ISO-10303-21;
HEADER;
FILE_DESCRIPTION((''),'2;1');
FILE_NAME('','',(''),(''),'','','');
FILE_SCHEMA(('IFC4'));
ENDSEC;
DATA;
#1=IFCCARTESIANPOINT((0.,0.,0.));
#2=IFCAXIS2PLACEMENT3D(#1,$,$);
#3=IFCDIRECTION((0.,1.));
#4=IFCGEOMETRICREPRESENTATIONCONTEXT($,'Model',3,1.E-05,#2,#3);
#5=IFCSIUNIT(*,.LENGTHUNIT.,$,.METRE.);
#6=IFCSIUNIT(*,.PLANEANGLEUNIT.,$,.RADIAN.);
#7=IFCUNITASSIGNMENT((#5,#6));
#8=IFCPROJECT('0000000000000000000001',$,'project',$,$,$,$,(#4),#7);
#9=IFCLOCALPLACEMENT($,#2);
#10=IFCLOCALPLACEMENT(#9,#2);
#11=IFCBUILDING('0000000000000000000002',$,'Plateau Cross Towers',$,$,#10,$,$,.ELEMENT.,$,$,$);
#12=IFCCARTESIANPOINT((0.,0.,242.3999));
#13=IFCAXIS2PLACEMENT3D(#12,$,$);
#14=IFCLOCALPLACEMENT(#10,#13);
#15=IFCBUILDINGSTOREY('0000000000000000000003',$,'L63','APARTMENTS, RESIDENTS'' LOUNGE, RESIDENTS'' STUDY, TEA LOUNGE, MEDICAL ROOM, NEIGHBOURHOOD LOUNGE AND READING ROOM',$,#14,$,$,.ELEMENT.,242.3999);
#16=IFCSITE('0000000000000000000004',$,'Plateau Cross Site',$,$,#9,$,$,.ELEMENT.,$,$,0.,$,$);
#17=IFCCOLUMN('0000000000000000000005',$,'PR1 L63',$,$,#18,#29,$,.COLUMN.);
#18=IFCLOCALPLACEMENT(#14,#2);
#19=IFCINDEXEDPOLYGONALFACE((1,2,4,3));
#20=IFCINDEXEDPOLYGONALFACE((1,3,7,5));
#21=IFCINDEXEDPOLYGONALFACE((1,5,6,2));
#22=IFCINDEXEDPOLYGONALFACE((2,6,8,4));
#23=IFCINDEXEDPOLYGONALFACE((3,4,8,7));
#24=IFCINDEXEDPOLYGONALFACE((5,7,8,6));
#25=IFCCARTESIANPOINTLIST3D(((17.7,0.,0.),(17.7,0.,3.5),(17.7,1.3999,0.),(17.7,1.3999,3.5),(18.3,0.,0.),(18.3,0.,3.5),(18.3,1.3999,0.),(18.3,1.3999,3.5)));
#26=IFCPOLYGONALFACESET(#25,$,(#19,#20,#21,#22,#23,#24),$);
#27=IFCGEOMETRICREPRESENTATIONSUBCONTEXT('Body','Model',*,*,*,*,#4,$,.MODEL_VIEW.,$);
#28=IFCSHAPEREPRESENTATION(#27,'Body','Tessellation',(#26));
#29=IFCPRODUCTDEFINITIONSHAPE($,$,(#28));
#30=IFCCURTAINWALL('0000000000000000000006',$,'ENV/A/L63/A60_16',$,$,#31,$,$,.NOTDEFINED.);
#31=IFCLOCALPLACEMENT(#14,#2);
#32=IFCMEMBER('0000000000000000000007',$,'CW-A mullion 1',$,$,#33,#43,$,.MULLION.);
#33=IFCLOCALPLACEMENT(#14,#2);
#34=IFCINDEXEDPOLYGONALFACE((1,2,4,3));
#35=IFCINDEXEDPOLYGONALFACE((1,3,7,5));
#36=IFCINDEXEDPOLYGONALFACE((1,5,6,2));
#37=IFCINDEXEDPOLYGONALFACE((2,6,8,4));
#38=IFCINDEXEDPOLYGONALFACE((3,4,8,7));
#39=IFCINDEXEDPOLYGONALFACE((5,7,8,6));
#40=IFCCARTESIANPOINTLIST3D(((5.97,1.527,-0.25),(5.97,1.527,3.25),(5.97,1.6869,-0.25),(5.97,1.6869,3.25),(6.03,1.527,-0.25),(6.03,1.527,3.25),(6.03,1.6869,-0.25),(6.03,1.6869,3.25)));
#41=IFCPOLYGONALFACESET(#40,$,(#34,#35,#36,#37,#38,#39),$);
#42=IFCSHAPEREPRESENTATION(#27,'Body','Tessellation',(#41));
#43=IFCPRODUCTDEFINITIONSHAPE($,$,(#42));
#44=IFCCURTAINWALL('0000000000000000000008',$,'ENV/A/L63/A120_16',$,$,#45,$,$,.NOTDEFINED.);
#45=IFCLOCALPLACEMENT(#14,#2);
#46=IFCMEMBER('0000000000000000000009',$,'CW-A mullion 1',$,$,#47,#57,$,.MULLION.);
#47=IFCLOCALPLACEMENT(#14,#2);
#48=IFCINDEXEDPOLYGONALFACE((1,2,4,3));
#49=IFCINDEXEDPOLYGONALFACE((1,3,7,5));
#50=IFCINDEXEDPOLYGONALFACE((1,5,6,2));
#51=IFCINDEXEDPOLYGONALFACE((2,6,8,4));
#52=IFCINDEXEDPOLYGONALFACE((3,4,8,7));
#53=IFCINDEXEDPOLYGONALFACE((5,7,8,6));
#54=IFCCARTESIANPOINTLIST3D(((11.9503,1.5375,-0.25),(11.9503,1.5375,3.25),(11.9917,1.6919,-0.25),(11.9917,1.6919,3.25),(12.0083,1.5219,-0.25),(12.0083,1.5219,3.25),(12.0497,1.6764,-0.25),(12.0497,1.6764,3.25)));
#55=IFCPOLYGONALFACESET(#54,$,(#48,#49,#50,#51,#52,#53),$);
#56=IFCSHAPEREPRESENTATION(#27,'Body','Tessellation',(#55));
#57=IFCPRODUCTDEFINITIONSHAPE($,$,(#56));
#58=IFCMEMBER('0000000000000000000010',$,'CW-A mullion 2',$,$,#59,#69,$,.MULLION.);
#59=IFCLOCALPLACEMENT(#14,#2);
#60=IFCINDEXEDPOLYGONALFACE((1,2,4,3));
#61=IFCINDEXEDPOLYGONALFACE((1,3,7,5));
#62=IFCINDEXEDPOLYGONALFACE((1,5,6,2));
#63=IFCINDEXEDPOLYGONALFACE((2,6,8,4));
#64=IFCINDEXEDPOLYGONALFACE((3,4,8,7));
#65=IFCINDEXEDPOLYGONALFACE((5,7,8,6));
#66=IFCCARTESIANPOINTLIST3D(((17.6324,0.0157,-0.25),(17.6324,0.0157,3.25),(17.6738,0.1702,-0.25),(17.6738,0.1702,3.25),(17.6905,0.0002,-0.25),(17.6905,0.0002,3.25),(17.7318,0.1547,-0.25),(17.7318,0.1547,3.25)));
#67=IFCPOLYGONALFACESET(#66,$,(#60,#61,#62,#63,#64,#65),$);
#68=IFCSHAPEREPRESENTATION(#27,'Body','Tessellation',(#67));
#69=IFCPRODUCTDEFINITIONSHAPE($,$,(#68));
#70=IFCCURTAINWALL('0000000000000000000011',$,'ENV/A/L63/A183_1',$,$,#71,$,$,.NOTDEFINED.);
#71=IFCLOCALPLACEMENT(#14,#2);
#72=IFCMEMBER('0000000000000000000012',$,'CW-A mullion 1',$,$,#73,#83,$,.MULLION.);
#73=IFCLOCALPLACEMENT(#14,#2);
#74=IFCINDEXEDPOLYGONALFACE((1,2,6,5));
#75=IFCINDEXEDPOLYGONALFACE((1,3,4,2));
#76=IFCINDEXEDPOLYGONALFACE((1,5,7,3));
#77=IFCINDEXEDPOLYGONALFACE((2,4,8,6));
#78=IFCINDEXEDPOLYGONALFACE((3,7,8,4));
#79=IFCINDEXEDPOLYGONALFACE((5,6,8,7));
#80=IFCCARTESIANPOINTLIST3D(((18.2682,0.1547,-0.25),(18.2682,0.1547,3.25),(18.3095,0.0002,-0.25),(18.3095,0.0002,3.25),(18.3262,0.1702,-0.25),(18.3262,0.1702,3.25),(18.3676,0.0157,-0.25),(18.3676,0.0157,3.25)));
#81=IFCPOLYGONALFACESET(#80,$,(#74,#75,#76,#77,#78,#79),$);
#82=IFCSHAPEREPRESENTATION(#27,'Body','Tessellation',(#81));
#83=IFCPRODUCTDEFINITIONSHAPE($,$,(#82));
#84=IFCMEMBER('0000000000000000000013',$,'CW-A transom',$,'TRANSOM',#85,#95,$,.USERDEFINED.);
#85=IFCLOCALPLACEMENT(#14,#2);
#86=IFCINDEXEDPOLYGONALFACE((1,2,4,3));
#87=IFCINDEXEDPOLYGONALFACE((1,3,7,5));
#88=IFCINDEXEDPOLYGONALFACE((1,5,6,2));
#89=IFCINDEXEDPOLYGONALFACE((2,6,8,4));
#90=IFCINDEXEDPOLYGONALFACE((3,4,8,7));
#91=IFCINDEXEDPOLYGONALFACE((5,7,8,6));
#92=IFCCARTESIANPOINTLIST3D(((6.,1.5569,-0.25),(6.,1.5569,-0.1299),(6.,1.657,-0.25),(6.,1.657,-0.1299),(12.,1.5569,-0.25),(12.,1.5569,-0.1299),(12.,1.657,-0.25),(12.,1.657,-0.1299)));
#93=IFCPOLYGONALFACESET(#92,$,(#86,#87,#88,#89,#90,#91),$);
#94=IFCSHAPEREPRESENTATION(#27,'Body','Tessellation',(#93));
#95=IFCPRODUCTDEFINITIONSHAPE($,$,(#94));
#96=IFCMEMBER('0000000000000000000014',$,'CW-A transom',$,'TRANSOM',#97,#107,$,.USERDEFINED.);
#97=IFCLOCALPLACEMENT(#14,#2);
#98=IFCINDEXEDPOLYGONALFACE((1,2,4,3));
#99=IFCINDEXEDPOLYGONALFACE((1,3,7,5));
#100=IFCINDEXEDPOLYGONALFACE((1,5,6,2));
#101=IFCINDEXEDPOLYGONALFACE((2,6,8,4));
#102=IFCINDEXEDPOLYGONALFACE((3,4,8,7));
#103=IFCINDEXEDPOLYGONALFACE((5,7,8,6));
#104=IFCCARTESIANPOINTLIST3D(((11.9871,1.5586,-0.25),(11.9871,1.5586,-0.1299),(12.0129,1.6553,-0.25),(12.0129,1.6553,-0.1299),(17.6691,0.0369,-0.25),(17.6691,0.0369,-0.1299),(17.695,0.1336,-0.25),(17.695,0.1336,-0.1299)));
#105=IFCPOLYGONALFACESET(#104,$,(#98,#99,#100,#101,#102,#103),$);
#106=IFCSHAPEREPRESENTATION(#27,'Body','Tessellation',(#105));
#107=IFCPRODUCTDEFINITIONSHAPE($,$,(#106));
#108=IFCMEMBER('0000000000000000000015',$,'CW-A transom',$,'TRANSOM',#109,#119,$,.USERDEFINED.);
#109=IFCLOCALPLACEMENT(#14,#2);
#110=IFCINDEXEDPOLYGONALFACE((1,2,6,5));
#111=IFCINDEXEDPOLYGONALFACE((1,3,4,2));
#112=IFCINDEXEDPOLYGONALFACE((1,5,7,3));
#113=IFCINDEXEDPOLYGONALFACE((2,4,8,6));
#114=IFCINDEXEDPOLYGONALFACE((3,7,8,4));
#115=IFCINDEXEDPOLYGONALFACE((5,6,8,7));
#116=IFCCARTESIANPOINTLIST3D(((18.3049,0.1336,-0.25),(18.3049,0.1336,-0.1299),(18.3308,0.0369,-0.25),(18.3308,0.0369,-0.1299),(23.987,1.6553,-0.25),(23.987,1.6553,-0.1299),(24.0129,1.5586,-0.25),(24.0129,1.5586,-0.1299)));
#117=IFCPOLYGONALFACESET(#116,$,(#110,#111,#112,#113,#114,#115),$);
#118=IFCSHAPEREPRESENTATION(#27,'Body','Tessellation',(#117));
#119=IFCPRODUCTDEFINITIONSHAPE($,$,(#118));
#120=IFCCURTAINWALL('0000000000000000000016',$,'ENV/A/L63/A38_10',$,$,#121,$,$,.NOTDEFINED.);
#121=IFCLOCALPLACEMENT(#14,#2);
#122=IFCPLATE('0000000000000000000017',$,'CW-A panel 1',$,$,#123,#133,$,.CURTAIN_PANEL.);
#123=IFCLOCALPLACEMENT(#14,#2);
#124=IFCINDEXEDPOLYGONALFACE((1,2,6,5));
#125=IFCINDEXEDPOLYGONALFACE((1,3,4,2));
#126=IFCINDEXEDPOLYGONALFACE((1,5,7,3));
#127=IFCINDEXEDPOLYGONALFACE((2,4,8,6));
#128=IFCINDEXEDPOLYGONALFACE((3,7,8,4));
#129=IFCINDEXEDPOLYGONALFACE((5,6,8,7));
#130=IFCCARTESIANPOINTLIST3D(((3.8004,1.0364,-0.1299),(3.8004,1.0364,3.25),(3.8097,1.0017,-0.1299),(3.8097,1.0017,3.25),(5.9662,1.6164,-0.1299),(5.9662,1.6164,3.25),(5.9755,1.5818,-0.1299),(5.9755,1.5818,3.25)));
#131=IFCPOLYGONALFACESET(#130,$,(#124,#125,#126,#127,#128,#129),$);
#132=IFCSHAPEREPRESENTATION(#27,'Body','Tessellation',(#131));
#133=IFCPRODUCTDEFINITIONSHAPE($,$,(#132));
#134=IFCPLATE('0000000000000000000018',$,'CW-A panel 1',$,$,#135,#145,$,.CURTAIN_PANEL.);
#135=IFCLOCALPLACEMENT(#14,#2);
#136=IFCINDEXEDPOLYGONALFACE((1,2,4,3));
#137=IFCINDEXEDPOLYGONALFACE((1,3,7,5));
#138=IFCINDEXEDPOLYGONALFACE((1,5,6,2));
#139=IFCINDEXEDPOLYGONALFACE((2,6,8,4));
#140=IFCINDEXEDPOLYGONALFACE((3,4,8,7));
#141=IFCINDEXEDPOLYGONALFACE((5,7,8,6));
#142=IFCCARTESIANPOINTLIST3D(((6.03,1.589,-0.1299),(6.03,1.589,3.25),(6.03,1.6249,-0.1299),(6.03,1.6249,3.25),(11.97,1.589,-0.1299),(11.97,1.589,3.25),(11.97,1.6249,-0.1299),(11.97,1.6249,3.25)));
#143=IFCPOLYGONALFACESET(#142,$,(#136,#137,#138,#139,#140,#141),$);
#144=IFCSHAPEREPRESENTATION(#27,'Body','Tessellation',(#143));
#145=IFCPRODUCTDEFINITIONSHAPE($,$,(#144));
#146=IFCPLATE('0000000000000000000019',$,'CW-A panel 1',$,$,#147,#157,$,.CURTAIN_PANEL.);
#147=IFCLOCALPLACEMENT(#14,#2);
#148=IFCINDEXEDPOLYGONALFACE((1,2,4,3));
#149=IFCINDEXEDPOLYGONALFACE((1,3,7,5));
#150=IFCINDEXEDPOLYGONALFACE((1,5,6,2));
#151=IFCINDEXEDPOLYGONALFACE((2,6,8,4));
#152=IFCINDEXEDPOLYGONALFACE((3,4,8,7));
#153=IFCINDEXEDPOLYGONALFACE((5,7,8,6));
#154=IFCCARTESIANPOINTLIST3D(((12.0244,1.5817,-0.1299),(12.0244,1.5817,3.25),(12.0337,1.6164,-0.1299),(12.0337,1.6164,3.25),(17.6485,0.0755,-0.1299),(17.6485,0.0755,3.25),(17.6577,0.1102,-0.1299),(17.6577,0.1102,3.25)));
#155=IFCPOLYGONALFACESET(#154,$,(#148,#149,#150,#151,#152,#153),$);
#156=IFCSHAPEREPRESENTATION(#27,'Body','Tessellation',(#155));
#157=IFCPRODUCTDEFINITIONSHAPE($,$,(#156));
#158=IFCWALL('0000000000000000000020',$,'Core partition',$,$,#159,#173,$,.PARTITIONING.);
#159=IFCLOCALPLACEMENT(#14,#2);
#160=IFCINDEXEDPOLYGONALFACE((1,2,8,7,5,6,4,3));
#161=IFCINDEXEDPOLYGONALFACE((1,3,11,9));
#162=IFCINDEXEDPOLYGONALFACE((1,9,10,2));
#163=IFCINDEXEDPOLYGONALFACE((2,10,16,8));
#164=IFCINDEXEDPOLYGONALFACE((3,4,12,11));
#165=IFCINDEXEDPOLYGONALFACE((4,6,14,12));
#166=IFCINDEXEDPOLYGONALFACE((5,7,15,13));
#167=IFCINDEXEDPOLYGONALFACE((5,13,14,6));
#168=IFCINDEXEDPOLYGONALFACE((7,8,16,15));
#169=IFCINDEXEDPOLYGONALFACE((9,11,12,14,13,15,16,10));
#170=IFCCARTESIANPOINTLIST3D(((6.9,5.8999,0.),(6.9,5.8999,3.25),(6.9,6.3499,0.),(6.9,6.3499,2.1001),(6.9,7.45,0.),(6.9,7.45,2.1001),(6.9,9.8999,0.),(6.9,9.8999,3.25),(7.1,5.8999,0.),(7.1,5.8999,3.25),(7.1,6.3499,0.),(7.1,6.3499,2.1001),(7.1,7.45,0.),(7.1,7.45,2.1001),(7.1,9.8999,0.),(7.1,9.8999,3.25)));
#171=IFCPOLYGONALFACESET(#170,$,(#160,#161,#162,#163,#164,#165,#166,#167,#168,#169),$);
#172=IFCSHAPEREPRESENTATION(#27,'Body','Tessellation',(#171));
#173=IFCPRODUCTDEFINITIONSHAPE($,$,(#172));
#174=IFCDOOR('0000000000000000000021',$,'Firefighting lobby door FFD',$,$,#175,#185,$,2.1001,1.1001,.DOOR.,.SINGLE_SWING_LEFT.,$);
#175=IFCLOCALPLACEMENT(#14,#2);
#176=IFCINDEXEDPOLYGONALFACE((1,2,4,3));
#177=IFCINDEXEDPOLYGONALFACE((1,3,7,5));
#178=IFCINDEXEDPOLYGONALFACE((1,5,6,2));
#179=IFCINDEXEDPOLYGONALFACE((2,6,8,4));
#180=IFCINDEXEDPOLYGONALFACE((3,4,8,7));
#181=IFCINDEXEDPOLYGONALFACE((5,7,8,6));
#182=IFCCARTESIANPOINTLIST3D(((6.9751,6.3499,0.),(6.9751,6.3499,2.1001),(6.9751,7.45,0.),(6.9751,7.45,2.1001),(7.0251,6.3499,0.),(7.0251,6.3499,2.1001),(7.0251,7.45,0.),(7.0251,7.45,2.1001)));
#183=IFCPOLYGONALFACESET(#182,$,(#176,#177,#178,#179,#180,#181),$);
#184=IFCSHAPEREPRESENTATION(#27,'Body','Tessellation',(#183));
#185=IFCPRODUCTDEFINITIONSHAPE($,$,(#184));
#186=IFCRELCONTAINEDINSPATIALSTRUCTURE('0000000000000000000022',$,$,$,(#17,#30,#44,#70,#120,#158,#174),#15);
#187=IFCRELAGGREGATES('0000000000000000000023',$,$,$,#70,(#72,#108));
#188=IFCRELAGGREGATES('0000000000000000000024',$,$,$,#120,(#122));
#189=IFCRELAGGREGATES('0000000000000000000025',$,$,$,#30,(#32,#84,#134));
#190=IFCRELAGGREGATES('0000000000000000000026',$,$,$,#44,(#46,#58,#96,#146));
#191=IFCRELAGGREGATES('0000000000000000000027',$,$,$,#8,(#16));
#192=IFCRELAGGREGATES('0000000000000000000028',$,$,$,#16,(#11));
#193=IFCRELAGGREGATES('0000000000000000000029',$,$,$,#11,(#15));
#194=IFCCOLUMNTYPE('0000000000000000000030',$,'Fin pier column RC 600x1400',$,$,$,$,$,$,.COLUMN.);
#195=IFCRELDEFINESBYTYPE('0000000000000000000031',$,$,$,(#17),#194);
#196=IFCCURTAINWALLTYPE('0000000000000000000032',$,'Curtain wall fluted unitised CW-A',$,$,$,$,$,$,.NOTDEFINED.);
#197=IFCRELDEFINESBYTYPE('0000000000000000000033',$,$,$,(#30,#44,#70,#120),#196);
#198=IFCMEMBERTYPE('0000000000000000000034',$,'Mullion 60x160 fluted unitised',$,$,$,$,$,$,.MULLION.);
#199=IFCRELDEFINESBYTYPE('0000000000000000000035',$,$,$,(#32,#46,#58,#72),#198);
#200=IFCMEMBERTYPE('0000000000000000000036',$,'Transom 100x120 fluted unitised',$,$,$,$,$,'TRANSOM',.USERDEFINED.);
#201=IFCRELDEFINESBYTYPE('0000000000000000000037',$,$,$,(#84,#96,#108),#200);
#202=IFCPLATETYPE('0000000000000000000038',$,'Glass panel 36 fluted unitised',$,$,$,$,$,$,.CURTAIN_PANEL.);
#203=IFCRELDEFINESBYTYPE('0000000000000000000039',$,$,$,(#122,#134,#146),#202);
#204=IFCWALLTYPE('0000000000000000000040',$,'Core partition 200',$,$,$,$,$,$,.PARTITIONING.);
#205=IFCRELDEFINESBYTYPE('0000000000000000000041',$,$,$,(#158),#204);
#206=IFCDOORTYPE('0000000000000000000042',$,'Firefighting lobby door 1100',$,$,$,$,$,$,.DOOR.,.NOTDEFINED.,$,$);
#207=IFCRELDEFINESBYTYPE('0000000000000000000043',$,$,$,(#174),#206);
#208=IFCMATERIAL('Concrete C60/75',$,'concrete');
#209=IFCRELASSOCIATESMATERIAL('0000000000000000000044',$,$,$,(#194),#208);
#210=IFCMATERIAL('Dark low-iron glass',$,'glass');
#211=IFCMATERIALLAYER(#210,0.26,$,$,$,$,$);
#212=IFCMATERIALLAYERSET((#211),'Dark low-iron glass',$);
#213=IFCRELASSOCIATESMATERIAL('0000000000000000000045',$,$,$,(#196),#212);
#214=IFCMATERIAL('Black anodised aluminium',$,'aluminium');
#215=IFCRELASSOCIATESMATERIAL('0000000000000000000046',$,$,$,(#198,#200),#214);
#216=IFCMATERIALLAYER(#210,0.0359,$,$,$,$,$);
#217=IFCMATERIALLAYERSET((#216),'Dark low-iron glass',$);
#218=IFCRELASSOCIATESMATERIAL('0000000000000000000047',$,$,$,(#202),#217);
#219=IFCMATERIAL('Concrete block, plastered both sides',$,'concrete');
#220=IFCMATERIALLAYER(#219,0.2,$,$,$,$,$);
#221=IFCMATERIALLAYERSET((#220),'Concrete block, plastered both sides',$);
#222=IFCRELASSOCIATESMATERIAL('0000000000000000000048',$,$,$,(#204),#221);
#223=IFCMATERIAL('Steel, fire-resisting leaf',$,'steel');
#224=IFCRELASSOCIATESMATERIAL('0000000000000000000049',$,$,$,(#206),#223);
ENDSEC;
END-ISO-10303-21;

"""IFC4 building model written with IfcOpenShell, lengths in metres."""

from ifc_helpers import new_model, si_unit, direction, frame, frame_2d, origin, origin_2d, place, context, subcontext, project, spatial, rectangle, extrude, material, layer, layer_set, material_profile, profile_set, type_object, element, fill, aggregate, save


model = new_model("IFC4")

# Units and contexts
model_context = context("Model", 3, precision=1e-05, world=origin(), true_north=direction((0.0, 1.0)))
body_context = subcontext(model_context, "Body", "Model", "MODEL_VIEW")
ifc_project = project(units=[si_unit("LENGTHUNIT", "METRE"), si_unit("PLANEANGLEUNIT", "RADIAN")], contexts=[model_context])

# Site, building, storey
site_placement = place(None, origin())
site = spatial("IfcSite", under=ifc_project, at=site_placement, Name="Plateau Cross Site", CompositionType="ELEMENT", RefElevation=0.0)
building_placement = place(site_placement, origin())
building = spatial("IfcBuilding", under=site, at=building_placement, Name="Plateau Cross Towers", CompositionType="ELEMENT")
storey_placement = place(building_placement, frame((0.0, 0.0, 242.3999)))
storey = spatial("IfcBuildingStorey", under=building, at=storey_placement, Name="L63", Description="APARTMENTS, RESIDENTS' LOUNGE, RESIDENTS' STUDY, TEA LOUNGE, MEDICAL ROOM, NEIGHBOURHOOD LOUNGE AND READING ROOM", CompositionType="ELEMENT", Elevation=242.3999)

# Column
ifc_material_1 = material(Name="Concrete C60/75", Category="concrete")
ifc_material_profile_1 = material_profile(ifc_material_1, rectangle(XDim=0.6001, YDim=1.3999, at=origin_2d()), Name="RC 600x1400")
ifc_profile_set_1 = profile_set([ifc_material_profile_1], Name="Concrete C60/75")
column_type = type_object("IfcColumnType", Name="Fin pier column RC 600x1400", PredefinedType="COLUMN", material=ifc_profile_set_1)
column_placement = place(storey_placement, frame((18.0, 0.7, 0.0), z_axis=(0.0, 0.0, 1.0), x_axis=(1.0, 0.0, 0.0)))
element("IfcColumn", 1, at=column_placement, inside=storey, type_object=column_type, Name="PR1 L63", PredefinedType="COLUMN", context=body_context, shape_type="SweptSolid", body=[
    extrude(rectangle(XDim=0.6001, YDim=1.3999, at=origin_2d()), origin(), (0.0, 0.0, 1.0), 3.5),
])

# Curtain wall, member
ifc_material_2 = material(Name="Dark low-iron glass", Category="glass")
ifc_layer_1 = layer(ifc_material_2, 0.26)
ifc_layer_set_1 = layer_set([ifc_layer_1], Name="Dark low-iron glass")
curtain_wall_type = type_object("IfcCurtainWallType", Name="Curtain wall fluted unitised CW-A", PredefinedType="NOTDEFINED", material=ifc_layer_set_1)
curtain_wall_1_placement = place(storey_placement, origin())
curtain_wall_1 = element("IfcCurtainWall", 2, at=curtain_wall_1_placement, inside=storey, type_object=curtain_wall_type, Name="ENV/A/L63/A60_16", PredefinedType="NOTDEFINED")
ifc_material_3 = material(Name="Black anodised aluminium", Category="aluminium")
ifc_material_profile_2 = material_profile(ifc_material_3, rectangle(XDim=0.0601, YDim=0.1599, at=origin_2d()), Name="MULLION 60x160")
ifc_profile_set_2 = profile_set([ifc_material_profile_2], Name="Black anodised aluminium")
member_type_1 = type_object("IfcMemberType", Name="Mullion 60x160 fluted unitised", PredefinedType="MULLION", material=ifc_profile_set_2)
member_1_placement = place(storey_placement, frame((6.0, 1.6069, -0.25), z_axis=(0.0, 0.0, 1.0), x_axis=(1.0, 0.0, 0.0)))
member_1 = element("IfcMember", 3, at=member_1_placement, type_object=member_type_1, Name="CW-A mullion 1", PredefinedType="MULLION", context=body_context, shape_type="SweptSolid", body=[
    extrude(rectangle(XDim=0.0601, YDim=0.1599, at=origin_2d()), origin(), (0.0, 0.0, 1.0), 3.5),
])

# Curtain wall, members
curtain_wall_2_placement = place(storey_placement, origin())
curtain_wall_2 = element("IfcCurtainWall", 4, at=curtain_wall_2_placement, inside=storey, type_object=curtain_wall_type, Name="ENV/A/L63/A120_16", PredefinedType="NOTDEFINED")
member_2_placement = place(storey_placement, frame((12.0, 1.6069, -0.25), z_axis=(0.0, 0.0, 1.0), x_axis=(0.965958, -0.258699, 0.0)))
member_2 = element("IfcMember", 5, at=member_2_placement, type_object=member_type_1, Name="CW-A mullion 1", PredefinedType="MULLION", context=body_context, shape_type="SweptSolid", body=[
    extrude(rectangle(XDim=0.0601, YDim=0.1599, at=origin_2d()), origin(), (0.0, 0.0, 1.0), 3.5),
])
member_3_placement = place(storey_placement, frame((17.6821, 0.0852, -0.25), z_axis=(0.0, 0.0, 1.0), x_axis=(0.965958, -0.258699, 0.0)))
member_3 = element("IfcMember", 6, at=member_3_placement, type_object=member_type_1, Name="CW-A mullion 2", PredefinedType="MULLION", context=body_context, shape_type="SweptSolid", body=[
    extrude(rectangle(XDim=0.0601, YDim=0.1599, at=origin_2d()), origin(), (0.0, 0.0, 1.0), 3.5),
])

# Curtain wall, member
curtain_wall_3_placement = place(storey_placement, origin())
curtain_wall_3 = element("IfcCurtainWall", 7, at=curtain_wall_3_placement, inside=storey, type_object=curtain_wall_type, Name="ENV/A/L63/A183_1", PredefinedType="NOTDEFINED")
member_4_placement = place(storey_placement, frame((18.3179, 0.0852, -0.25), z_axis=(0.0, 0.0, 1.0), x_axis=(0.965958, 0.258699, 0.0)))
member_4 = element("IfcMember", 8, at=member_4_placement, type_object=member_type_1, Name="CW-A mullion 1", PredefinedType="MULLION", context=body_context, shape_type="SweptSolid", body=[
    extrude(rectangle(XDim=0.0601, YDim=0.1599, at=origin_2d()), origin(), (0.0, 0.0, 1.0), 3.5),
])

# Members
ifc_material_profile_3 = material_profile(ifc_material_3, rectangle(XDim=0.1001, YDim=0.1201, at=origin_2d()), Name="TRANSOM 100x120")
ifc_profile_set_3 = profile_set([ifc_material_profile_3], Name="Black anodised aluminium")
member_type_2 = type_object("IfcMemberType", Name="Transom 100x120 fluted unitised", ElementType="TRANSOM", PredefinedType="USERDEFINED", material=ifc_profile_set_3)
member_5_placement = place(storey_placement, frame((6.0, 1.6069, -0.1899), z_axis=(1.0, 0.0, 0.0), x_axis=(0.0, 1.0, 0.0)))
member_5 = element("IfcMember", 9, at=member_5_placement, type_object=member_type_2, Name="CW-A transom", ObjectType="TRANSOM", PredefinedType="USERDEFINED", context=body_context, shape_type="SweptSolid", body=[
    extrude(rectangle(XDim=0.1001, YDim=0.1201, at=origin_2d()), origin(), (0.0, 0.0, 1.0), 6.0),
])
member_6_placement = place(storey_placement, frame((12.0, 1.6069, -0.1899), z_axis=(0.96596, -0.258693, 0.0), x_axis=(0.258693, 0.96596, 0.0)))
member_6 = element("IfcMember", 10, at=member_6_placement, type_object=member_type_2, Name="CW-A transom", ObjectType="TRANSOM", PredefinedType="USERDEFINED", context=body_context, shape_type="SweptSolid", body=[
    extrude(rectangle(XDim=0.1001, YDim=0.1201, at=origin_2d()), origin(), (0.0, 0.0, 1.0), 5.8823),
])
member_7_placement = place(storey_placement, frame((18.3179, 0.0852, -0.1899), z_axis=(0.96596, 0.258693, 0.0), x_axis=(-0.258693, 0.96596, 0.0)))
member_7 = element("IfcMember", 11, at=member_7_placement, type_object=member_type_2, Name="CW-A transom", ObjectType="TRANSOM", PredefinedType="USERDEFINED", context=body_context, shape_type="SweptSolid", body=[
    extrude(rectangle(XDim=0.1001, YDim=0.1201, at=origin_2d()), origin(), (0.0, 0.0, 1.0), 5.8823),
])
aggregate(curtain_wall_3, [member_4, member_7])

# Curtain wall, plate
curtain_wall_4_placement = place(storey_placement, origin())
curtain_wall_4 = element("IfcCurtainWall", 12, at=curtain_wall_4_placement, inside=storey, type_object=curtain_wall_type, Name="ENV/A/L63/A38_10", PredefinedType="NOTDEFINED")
ifc_layer_2 = layer(ifc_material_2, 0.0359)
ifc_layer_set_2 = layer_set([ifc_layer_2], Name="Dark low-iron glass")
plate_type = type_object("IfcPlateType", Name="Glass panel 36 fluted unitised", PredefinedType="CURTAIN_PANEL", material=ifc_layer_set_2)
plate_1_placement = place(storey_placement, frame((4.8879, 1.3091, -0.1299), z_axis=(0.0, 0.0, 1.0), x_axis=(0.965958, 0.258699, 0.0)))
plate_1 = element("IfcPlate", 13, at=plate_1_placement, type_object=plate_type, Name="CW-A panel 1", PredefinedType="CURTAIN_PANEL", context=body_context, shape_type="SweptSolid", body=[
    extrude(rectangle(XDim=2.2422, YDim=0.0359, at=origin_2d()), origin(), (0.0, 0.0, 1.0), 3.3799),
])
aggregate(curtain_wall_4, [plate_1])

# Plates
plate_2_placement = place(storey_placement, frame((9.0, 1.6069, -0.1299), z_axis=(0.0, 0.0, 1.0), x_axis=(1.0, 0.0, 0.0)))
plate_2 = element("IfcPlate", 14, at=plate_2_placement, type_object=plate_type, Name="CW-A panel 1", PredefinedType="CURTAIN_PANEL", context=body_context, shape_type="SweptSolid", body=[
    extrude(rectangle(XDim=5.9399, YDim=0.0359, at=origin_2d()), origin(), (0.0, 0.0, 1.0), 3.3799),
])
aggregate(curtain_wall_1, [member_1, member_5, plate_2])
plate_3_placement = place(storey_placement, frame((14.8411, 0.8459, -0.1299), z_axis=(0.0, 0.0, 1.0), x_axis=(0.965958, -0.258699, 0.0)))
plate_3 = element("IfcPlate", 15, at=plate_3_placement, type_object=plate_type, Name="CW-A panel 1", PredefinedType="CURTAIN_PANEL", context=body_context, shape_type="SweptSolid", body=[
    extrude(rectangle(XDim=5.8223, YDim=0.0359, at=origin_2d()), origin(), (0.0, 0.0, 1.0), 3.3799),
])
aggregate(curtain_wall_2, [member_2, member_3, member_6, plate_3])

# Wall, opening, door
ifc_material_4 = material(Name="Concrete block, plastered both sides", Category="concrete")
ifc_layer_3 = layer(ifc_material_4, 0.2)
ifc_layer_set_3 = layer_set([ifc_layer_3], Name="Concrete block, plastered both sides")
wall_type_1 = type_object("IfcWallType", Name="Core partition 200", PredefinedType="PARTITIONING", material=ifc_layer_set_3)
wall_1_placement = place(storey_placement, frame((7.0, 5.8999, 0.0), z_axis=(0.0, 0.0, 1.0), x_axis=(0.0, 1.0, 0.0)))
wall_1 = element("IfcWall", 16, at=wall_1_placement, inside=storey, type_object=wall_type_1, Name="Core partition", PredefinedType="PARTITIONING", context=body_context, shape_type="SweptSolid", body=[
    extrude(rectangle(XDim=4.0, YDim=0.2, at=frame_2d((2.0, 0.0))), origin(), (0.0, 0.0, 1.0), 3.25),
])
opening_placement = place(wall_1_placement, frame((0.45, 0.0, 0.0)))
opening = element("IfcOpeningElement", 17, at=opening_placement, cuts=wall_1, PredefinedType="OPENING", context=body_context, shape_type="SweptSolid", body=[
    extrude(rectangle(XDim=1.1001, YDim=2.1001, at=frame_2d((0.55, 1.05))), frame((0.0, 0.1099, 0.0), z_axis=(0.0, -1.0, 0.0), x_axis=(1.0, 0.0, 0.0)), (0.0, 0.0, 1.0), 0.22),
])
ifc_material_5 = material(Name="Steel, fire-resisting leaf", Category="steel")
door_type = type_object("IfcDoorType", Name="Firefighting lobby door 1100", OperationType="NOTDEFINED", PredefinedType="DOOR", material=ifc_material_5)
door_placement = place(opening_placement, origin())
door = element("IfcDoor", 18, at=door_placement, inside=storey, type_object=door_type, Name="Firefighting lobby door FFD", OperationType="SINGLE_SWING_LEFT", OverallHeight=2.1001, OverallWidth=1.1001, PredefinedType="DOOR", context=body_context, shape_type="SweptSolid", body=[
    extrude(rectangle(XDim=1.1001, YDim=2.1001, at=frame_2d((0.55, 1.05))), frame((0.0, 0.0249, 0.0), z_axis=(0.0, -1.0, 0.0), x_axis=(1.0, 0.0, 0.0)), (0.0, 0.0, 1.0), 0.05),
])
fill(opening, door)

save(model, "model.ifc")
